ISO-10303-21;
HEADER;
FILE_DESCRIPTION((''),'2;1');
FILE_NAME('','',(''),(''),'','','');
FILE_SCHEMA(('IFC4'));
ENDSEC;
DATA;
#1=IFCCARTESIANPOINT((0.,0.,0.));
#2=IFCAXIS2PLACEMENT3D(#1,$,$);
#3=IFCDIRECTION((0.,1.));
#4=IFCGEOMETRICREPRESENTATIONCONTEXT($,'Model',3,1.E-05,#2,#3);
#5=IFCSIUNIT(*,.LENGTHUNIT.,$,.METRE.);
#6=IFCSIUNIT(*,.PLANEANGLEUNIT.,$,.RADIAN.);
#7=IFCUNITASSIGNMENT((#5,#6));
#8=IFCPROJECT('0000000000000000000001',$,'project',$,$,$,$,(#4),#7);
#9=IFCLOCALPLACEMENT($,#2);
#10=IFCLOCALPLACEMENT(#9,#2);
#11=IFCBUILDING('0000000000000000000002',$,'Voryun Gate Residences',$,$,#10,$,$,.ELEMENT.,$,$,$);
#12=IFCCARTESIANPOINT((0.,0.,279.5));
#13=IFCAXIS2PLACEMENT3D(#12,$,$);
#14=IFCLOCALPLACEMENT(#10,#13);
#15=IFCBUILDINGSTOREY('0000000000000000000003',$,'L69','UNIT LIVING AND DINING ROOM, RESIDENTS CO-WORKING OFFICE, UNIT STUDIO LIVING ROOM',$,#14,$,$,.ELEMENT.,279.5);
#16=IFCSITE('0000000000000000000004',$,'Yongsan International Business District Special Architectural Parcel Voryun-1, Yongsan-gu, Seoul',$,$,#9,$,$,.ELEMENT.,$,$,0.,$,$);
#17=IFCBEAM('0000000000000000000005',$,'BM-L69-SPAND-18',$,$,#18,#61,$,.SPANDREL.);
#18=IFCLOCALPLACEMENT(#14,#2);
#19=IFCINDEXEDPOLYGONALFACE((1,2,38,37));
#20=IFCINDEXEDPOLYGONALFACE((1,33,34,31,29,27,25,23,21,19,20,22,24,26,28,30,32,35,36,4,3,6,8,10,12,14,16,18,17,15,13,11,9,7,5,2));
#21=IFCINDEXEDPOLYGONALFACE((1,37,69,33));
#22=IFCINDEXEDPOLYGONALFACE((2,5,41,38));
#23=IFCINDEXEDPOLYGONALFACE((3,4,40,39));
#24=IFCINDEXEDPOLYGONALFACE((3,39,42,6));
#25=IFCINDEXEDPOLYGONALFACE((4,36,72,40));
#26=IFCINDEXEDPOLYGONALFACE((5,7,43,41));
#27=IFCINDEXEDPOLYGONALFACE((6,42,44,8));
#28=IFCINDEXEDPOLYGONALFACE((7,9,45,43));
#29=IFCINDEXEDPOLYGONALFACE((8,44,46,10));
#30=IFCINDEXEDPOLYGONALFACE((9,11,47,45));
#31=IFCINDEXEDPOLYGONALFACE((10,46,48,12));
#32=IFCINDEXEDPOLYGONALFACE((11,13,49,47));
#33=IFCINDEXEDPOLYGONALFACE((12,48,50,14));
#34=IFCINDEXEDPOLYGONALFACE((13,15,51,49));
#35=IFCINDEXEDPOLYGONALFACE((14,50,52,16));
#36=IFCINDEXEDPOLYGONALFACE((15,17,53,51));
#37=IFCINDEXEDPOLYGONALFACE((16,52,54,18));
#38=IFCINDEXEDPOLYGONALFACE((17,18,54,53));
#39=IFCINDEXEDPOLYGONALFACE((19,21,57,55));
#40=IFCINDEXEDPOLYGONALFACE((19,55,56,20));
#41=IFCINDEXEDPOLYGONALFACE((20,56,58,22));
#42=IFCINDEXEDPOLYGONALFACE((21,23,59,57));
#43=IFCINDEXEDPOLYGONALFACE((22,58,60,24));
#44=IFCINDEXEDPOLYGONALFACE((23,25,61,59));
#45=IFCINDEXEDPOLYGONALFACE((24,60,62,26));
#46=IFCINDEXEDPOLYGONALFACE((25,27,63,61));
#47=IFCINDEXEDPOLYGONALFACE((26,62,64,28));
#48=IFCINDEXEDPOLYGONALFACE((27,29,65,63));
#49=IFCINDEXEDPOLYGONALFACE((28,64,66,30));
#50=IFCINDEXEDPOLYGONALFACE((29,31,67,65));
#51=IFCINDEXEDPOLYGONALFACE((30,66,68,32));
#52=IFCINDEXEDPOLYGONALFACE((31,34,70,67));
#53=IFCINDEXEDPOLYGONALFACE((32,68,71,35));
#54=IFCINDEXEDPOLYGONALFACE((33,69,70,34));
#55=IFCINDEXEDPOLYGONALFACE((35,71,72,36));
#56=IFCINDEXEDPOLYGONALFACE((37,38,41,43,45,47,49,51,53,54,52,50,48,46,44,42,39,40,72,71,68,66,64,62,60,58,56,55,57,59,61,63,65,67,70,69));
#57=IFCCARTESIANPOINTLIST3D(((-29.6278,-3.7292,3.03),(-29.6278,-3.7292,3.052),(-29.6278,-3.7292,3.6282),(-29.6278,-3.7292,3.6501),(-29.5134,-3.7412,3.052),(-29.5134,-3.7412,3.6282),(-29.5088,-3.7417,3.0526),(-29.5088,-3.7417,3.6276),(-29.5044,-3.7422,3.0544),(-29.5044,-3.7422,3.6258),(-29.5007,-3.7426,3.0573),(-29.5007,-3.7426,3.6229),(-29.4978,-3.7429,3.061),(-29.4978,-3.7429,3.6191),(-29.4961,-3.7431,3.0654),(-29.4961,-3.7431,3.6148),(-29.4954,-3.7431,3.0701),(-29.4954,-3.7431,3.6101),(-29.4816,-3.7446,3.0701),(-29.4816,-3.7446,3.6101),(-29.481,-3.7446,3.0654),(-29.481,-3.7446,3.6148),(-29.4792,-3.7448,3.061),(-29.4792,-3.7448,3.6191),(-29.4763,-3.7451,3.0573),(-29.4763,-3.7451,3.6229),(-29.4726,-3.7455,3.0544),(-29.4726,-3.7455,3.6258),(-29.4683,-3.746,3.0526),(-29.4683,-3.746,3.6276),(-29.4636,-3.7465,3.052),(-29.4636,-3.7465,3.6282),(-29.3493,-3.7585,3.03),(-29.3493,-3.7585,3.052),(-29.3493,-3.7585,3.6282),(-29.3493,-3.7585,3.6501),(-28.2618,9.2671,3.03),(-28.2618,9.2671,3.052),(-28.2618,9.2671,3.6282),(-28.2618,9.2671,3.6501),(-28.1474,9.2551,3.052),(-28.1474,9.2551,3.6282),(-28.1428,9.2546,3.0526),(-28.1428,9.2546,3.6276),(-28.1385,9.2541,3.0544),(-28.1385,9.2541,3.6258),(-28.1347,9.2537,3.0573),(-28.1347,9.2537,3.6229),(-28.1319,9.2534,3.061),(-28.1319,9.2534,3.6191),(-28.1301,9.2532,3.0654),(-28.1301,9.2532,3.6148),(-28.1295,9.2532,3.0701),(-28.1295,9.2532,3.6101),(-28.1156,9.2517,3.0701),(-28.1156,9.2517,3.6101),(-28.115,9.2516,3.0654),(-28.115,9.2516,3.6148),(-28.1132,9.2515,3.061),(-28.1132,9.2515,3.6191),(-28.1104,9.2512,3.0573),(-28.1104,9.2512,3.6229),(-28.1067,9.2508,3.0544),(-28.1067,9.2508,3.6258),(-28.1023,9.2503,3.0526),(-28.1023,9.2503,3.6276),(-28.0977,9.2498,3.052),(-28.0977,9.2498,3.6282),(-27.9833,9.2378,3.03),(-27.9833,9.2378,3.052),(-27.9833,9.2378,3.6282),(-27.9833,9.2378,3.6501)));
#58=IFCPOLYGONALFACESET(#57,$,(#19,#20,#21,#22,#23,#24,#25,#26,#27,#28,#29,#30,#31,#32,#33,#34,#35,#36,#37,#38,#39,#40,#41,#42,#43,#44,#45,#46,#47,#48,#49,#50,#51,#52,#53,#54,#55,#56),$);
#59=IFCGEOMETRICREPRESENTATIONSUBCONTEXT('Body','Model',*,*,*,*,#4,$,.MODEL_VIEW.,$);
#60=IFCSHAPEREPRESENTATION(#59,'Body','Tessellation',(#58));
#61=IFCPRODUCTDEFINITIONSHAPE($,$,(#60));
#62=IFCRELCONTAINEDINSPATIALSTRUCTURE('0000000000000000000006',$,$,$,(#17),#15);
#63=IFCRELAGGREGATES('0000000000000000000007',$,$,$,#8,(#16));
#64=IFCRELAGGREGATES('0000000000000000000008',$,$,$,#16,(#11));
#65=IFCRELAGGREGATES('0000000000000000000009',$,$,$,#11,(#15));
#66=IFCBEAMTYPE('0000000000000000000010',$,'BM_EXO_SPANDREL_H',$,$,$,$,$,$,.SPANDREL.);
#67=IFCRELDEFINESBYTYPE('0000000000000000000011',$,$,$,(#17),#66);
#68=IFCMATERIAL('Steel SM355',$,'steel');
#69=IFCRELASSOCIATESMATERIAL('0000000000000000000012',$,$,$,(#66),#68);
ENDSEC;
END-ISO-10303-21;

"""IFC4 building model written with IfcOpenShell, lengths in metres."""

from ifc_helpers import new_model, si_unit, direction, frame, origin, origin_2d, place, context, subcontext, project, spatial, i_section, extrude, material, material_profile, profile_set, type_object, element, save


model = new_model("IFC4")

# Units and contexts
model_context = context("Model", 3, precision=1e-05, world=origin(), true_north=direction((0.0, 1.0)))
body_context = subcontext(model_context, "Body", "Model", "MODEL_VIEW")
ifc_project = project(units=[si_unit("LENGTHUNIT", "METRE"), si_unit("PLANEANGLEUNIT", "RADIAN")], contexts=[model_context])

# Site, building, storey
site_placement = place(None, origin())
site = spatial("IfcSite", under=ifc_project, at=site_placement, Name="Yongsan International Business District Special Architectural Parcel Voryun-1, Yongsan-gu, Seoul", CompositionType="ELEMENT", RefElevation=0.0)
building_placement = place(site_placement, origin())
building = spatial("IfcBuilding", under=site, at=building_placement, Name="Voryun Gate Residences", CompositionType="ELEMENT")
storey_placement = place(building_placement, frame((0.0, 0.0, 279.5)))
storey = spatial("IfcBuildingStorey", under=building, at=storey_placement, Name="L69", Description="UNIT LIVING AND DINING ROOM, RESIDENTS CO-WORKING OFFICE, UNIT STUDIO LIVING ROOM", CompositionType="ELEMENT", Elevation=279.5)

# Beam
ifc_material_1 = material(Name="Steel SM355", Category="steel")
ifc_material_profile = material_profile(ifc_material_1, i_section(OverallWidth=0.28, OverallDepth=0.6201, WebThickness=0.0139, FlangeThickness=0.022, FilletRadius=0.0181, at=origin_2d()), Name="H-620x280x14x22")
ifc_profile_set = profile_set([ifc_material_profile], Name="Steel SM355")
beam_type = type_object("IfcBeamType", Name="BM_EXO_SPANDREL_H", PredefinedType="SPANDREL", material=ifc_profile_set)
beam_placement = place(storey_placement, frame((-28.1226, 9.2524, 3.3401), z_axis=(-0.104528, -0.994522, 0.0), x_axis=(0.994522, -0.104528, 0.0)))
element("IfcBeam", 1, at=beam_placement, inside=storey, type_object=beam_type, Name="BM-L69-SPAND-18", PredefinedType="SPANDREL", context=body_context, shape_type="SweptSolid", body=[
    extrude(i_section(OverallWidth=0.28, OverallDepth=0.6201, WebThickness=0.0139, FlangeThickness=0.022, FilletRadius=0.0181, at=origin_2d()), origin(), (0.0, 0.0, 1.0), 13.0679),
])

save(model, "model.ifc")
